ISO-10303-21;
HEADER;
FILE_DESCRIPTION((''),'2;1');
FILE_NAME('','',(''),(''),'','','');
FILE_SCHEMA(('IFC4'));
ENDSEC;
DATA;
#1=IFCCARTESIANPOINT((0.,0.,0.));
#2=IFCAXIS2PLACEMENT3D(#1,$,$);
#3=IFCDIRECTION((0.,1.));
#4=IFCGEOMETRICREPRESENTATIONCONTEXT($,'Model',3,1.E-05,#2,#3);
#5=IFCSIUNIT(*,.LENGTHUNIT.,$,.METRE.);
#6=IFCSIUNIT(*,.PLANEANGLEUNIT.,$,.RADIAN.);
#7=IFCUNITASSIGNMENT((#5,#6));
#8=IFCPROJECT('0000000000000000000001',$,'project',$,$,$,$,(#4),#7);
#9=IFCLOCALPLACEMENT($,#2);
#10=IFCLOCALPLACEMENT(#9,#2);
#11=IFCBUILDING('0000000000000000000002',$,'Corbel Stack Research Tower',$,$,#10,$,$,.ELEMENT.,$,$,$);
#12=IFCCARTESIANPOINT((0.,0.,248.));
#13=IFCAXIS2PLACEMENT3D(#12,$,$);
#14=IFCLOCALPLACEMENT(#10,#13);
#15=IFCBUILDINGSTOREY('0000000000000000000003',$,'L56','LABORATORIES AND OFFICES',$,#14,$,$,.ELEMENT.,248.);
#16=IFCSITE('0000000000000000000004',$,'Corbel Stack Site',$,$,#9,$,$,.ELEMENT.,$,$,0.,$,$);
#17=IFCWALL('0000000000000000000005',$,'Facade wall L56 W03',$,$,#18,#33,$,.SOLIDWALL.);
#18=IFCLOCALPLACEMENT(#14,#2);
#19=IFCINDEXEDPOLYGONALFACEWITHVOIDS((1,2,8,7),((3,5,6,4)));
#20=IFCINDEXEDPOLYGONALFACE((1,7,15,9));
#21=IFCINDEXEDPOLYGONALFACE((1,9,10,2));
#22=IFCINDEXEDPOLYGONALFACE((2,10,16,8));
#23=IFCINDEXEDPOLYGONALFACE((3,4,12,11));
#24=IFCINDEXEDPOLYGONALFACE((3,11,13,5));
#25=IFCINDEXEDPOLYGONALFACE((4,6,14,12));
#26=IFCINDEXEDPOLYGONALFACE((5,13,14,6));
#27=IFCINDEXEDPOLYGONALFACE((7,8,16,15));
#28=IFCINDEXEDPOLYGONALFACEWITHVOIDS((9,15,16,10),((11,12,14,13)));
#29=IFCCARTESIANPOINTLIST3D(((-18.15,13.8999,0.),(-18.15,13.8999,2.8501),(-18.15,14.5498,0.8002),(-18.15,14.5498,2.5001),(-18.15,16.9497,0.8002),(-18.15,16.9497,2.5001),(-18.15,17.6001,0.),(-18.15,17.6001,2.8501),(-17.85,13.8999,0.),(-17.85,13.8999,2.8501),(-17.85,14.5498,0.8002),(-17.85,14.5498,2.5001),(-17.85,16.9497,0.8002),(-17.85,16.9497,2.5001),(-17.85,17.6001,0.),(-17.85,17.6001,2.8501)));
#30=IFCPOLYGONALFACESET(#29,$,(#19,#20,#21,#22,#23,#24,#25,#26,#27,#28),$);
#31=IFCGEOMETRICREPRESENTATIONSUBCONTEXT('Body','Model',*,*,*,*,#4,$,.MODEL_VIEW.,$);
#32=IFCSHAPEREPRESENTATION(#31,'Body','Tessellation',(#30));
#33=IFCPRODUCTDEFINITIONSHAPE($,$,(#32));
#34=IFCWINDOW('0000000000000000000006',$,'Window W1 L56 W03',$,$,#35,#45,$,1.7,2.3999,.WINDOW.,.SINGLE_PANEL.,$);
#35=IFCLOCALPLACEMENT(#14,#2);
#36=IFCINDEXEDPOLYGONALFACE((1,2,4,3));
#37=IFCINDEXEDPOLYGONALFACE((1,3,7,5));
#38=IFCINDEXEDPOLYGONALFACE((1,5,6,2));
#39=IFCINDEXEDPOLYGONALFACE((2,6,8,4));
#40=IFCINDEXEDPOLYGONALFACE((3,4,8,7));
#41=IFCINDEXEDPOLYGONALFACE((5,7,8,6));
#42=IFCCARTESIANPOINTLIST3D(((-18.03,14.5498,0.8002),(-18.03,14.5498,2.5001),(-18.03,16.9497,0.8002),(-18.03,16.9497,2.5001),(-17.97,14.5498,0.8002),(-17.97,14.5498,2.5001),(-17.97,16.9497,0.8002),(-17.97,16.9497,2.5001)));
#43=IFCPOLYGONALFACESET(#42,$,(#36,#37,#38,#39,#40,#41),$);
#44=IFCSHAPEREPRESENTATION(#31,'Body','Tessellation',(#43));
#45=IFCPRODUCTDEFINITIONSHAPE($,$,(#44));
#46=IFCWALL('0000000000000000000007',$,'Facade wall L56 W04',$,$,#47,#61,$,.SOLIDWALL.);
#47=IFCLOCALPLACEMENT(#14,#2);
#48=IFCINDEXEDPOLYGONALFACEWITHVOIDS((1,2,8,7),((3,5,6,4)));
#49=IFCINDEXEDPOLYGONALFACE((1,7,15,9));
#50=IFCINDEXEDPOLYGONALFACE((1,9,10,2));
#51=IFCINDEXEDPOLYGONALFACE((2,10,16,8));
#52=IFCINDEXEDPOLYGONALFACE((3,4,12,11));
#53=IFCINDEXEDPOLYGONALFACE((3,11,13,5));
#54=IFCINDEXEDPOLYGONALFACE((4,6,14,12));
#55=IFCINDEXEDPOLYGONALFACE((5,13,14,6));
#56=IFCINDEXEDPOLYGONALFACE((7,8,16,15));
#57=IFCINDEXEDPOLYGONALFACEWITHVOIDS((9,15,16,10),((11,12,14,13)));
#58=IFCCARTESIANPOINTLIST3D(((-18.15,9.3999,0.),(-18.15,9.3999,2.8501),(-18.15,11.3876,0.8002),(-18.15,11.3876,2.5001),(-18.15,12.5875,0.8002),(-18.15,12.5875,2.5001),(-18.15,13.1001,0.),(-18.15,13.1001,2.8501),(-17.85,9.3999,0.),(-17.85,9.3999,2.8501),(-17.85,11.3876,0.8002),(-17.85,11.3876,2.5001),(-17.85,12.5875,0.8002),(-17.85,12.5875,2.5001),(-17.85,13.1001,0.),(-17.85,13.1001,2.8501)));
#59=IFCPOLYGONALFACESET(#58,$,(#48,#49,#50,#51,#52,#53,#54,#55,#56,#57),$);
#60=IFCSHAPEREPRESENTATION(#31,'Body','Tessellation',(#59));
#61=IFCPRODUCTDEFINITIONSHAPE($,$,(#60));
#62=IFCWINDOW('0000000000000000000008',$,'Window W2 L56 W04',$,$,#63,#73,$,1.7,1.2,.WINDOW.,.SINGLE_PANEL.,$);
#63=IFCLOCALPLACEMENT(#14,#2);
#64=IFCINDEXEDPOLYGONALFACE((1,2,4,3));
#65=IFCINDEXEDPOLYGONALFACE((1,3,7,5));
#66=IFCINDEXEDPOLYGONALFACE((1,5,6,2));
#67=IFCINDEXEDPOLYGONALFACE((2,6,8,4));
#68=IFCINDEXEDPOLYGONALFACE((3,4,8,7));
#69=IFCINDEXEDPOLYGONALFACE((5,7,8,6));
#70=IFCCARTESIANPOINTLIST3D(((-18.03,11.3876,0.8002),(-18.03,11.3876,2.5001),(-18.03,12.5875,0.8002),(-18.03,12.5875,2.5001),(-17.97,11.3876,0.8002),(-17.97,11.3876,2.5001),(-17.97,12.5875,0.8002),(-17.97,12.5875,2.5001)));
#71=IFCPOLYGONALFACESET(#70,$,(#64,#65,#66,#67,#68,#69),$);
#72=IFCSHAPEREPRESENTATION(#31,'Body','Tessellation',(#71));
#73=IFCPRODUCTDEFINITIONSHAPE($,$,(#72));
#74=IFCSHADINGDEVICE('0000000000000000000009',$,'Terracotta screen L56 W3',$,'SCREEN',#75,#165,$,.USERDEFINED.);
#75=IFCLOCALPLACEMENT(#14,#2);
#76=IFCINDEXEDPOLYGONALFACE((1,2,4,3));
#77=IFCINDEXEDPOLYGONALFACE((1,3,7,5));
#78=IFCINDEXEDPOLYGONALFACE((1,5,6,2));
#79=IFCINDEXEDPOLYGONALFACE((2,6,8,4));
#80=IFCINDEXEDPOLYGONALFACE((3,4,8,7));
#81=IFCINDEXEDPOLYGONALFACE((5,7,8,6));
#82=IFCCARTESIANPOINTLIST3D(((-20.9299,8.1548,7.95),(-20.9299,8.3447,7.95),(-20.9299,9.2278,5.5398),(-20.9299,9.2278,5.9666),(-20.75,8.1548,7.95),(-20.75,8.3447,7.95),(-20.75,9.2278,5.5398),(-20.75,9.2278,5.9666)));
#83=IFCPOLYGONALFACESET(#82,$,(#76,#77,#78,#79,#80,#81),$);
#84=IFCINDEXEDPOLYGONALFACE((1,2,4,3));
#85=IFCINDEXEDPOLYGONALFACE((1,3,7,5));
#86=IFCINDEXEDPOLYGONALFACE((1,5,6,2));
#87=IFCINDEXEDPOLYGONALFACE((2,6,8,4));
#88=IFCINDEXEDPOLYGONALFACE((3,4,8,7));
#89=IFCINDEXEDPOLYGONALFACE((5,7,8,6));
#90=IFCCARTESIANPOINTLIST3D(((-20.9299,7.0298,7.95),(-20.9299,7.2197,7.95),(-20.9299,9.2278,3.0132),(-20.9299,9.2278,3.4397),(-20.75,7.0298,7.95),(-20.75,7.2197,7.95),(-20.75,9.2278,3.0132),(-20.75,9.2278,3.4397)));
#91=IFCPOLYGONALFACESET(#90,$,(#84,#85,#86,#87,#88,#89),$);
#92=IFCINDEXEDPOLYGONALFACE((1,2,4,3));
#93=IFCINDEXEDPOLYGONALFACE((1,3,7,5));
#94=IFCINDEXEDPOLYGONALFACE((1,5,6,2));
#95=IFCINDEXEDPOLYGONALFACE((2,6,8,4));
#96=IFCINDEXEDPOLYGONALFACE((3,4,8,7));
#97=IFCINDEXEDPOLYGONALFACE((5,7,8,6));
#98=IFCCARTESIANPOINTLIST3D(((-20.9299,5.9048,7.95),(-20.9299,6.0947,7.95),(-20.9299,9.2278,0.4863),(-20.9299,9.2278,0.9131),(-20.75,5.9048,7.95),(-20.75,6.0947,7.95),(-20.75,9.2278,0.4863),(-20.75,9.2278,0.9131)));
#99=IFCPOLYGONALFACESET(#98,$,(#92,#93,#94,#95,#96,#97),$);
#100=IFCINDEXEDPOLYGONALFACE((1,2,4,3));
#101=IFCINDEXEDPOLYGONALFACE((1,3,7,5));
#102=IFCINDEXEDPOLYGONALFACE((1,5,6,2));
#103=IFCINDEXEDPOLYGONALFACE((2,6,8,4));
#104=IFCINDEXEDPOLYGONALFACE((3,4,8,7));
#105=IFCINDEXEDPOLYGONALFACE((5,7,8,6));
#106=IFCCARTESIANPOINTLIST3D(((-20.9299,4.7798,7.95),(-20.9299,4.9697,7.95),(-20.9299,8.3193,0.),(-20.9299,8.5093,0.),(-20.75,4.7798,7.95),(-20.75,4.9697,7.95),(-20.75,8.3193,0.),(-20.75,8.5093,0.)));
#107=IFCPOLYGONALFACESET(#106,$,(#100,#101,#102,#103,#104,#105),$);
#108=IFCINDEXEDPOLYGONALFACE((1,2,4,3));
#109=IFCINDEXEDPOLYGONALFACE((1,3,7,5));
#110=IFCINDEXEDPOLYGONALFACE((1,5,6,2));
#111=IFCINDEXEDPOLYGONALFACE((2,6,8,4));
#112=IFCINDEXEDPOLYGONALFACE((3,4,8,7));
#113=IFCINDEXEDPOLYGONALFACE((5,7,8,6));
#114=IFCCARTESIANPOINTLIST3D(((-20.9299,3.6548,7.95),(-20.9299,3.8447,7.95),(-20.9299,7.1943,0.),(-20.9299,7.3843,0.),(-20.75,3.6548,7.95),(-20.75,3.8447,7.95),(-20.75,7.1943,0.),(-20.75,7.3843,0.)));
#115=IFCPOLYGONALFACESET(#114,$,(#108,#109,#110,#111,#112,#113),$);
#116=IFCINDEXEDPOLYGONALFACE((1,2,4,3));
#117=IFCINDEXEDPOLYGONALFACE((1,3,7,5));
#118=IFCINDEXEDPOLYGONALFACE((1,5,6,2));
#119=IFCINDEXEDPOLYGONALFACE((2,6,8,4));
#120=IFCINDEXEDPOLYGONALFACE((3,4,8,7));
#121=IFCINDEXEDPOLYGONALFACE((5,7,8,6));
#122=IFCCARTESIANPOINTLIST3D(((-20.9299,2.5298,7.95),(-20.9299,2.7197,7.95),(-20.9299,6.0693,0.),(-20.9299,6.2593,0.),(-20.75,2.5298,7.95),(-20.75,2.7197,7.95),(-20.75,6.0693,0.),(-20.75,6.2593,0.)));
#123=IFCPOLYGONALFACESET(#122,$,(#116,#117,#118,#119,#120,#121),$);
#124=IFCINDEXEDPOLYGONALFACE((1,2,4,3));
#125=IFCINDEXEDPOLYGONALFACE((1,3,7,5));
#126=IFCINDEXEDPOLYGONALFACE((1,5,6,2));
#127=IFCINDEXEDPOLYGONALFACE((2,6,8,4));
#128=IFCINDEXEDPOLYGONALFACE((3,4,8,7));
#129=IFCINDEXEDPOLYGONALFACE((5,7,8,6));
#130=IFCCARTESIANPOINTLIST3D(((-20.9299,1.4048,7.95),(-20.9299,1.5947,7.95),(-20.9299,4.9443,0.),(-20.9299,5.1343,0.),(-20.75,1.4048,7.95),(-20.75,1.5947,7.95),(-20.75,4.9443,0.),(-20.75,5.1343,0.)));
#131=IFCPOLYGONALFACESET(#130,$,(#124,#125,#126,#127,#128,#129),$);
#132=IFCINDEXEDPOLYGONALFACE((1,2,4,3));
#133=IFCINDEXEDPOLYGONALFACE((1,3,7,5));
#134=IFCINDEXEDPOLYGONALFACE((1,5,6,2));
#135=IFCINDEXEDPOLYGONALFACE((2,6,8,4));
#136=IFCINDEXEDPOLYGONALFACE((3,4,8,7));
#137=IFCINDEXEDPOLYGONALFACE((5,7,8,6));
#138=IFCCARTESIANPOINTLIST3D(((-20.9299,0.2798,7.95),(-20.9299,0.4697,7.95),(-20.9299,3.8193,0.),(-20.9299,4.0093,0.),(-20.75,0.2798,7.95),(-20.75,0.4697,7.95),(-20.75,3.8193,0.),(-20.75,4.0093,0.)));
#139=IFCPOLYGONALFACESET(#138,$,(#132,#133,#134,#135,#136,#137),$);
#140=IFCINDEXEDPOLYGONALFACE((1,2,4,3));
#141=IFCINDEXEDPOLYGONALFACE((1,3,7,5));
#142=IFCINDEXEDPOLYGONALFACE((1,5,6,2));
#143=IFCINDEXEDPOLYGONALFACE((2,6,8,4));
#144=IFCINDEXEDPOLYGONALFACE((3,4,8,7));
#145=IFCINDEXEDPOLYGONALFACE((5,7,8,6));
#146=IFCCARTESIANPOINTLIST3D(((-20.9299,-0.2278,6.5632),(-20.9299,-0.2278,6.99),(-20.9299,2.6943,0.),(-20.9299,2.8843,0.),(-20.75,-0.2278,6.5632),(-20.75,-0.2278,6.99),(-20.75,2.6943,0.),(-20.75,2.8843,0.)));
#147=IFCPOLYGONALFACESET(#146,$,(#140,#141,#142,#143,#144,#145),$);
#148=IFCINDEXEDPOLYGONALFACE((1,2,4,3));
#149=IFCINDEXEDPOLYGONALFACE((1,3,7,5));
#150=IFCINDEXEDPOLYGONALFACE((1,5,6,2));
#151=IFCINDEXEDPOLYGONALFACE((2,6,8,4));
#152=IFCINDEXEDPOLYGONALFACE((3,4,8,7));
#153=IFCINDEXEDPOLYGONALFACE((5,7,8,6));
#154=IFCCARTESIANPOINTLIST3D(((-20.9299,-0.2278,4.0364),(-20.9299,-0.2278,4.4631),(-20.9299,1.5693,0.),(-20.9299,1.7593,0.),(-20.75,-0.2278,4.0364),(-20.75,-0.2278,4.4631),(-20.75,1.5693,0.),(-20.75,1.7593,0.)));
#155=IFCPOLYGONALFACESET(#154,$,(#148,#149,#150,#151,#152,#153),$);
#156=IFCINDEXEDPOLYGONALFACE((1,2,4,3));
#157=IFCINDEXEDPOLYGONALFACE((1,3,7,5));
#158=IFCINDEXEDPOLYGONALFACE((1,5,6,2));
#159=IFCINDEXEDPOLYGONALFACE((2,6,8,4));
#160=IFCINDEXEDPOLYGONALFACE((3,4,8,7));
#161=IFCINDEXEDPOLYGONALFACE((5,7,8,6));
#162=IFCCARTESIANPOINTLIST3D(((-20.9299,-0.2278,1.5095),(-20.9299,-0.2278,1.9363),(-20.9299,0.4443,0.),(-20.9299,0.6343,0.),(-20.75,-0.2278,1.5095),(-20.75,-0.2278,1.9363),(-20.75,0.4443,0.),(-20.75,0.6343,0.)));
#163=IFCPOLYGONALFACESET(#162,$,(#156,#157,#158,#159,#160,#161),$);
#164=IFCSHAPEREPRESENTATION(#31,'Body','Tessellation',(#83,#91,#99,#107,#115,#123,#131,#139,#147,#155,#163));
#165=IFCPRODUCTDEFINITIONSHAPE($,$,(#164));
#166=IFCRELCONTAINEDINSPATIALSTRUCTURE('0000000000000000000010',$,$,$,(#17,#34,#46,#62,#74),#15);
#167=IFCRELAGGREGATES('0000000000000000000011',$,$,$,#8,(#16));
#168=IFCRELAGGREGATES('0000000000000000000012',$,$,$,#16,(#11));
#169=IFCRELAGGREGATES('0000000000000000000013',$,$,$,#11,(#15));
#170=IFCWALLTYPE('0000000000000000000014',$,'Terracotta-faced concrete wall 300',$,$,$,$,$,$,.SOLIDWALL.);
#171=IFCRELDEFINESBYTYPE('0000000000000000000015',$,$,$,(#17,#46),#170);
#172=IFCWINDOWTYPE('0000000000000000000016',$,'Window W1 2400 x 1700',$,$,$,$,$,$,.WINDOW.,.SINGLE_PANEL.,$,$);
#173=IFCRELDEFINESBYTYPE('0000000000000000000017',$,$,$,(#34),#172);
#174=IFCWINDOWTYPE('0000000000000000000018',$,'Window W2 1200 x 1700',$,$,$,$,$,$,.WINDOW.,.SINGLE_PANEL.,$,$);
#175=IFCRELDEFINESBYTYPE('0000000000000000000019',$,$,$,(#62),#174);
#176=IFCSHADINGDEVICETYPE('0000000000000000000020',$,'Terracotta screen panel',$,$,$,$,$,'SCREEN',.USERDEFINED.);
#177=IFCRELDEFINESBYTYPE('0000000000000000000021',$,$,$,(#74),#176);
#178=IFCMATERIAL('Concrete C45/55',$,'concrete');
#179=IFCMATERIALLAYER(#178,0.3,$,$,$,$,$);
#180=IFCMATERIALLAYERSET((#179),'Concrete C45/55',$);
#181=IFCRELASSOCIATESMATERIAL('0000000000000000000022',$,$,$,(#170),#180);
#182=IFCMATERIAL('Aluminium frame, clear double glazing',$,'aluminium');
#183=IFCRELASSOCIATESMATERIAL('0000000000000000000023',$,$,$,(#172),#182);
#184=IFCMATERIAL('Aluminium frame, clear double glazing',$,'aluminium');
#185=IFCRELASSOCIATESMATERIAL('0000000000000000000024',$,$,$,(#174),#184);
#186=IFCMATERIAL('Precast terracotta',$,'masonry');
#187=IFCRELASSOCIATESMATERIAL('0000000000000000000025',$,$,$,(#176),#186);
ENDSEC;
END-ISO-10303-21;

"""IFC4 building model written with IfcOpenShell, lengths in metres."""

from ifc_helpers import new_model, si_unit, direction, frame, frame_2d, origin, place, context, subcontext, project, spatial, polyline, rectangle, outline, extrude, source, transform, mapped, material, layer, layer_set, type_object, element, fill, save


model = new_model("IFC4")

# Units and contexts
model_context = context("Model", 3, precision=1e-05, world=origin(), true_north=direction((0.0, 1.0)))
body_context = subcontext(model_context, "Body", "Model", "MODEL_VIEW")
ifc_project = project(units=[si_unit("LENGTHUNIT", "METRE"), si_unit("PLANEANGLEUNIT", "RADIAN")], contexts=[model_context])

# Site, building, storey
site_placement = place(None, origin())
site = spatial("IfcSite", under=ifc_project, at=site_placement, Name="Corbel Stack Site", CompositionType="ELEMENT", RefElevation=0.0)
building_placement = place(site_placement, origin())
building = spatial("IfcBuilding", under=site, at=building_placement, Name="Corbel Stack Research Tower", CompositionType="ELEMENT")
storey_placement = place(building_placement, frame((0.0, 0.0, 248.0)))
storey = spatial("IfcBuildingStorey", under=building, at=storey_placement, Name="L56", Description="LABORATORIES AND OFFICES", CompositionType="ELEMENT", Elevation=248.0)

# Walls, openings, windows
ifc_material_1 = material(Name="Concrete C45/55", Category="concrete")
ifc_layer_1 = layer(ifc_material_1, 0.3)
ifc_layer_set_1 = layer_set([ifc_layer_1], Name="Concrete C45/55")
wall_type_1 = type_object("IfcWallType", Name="Terracotta-faced concrete wall 300", PredefinedType="SOLIDWALL", material=ifc_layer_set_1)
wall_1_placement = place(storey_placement, frame((-18.0, 13.8999, 0.0), z_axis=(0.0, 0.0, 1.0), x_axis=(0.0, 1.0, 0.0)))
wall_1 = element("IfcWall", 1, at=wall_1_placement, inside=storey, type_object=wall_type_1, Name="Facade wall L56 W03", PredefinedType="SOLIDWALL", context=body_context, shape_type="SweptSolid", body=[
    extrude(rectangle(XDim=3.7002, YDim=0.3, at=frame_2d((1.8501, 0.0))), origin(), (0.0, 0.0, 1.0), 2.8501),
])
opening_1_placement = place(wall_1_placement, frame((0.6499, 0.0, 0.8)))
opening_1 = element("IfcOpeningElement", 2, at=opening_1_placement, cuts=wall_1, PredefinedType="OPENING", context=body_context, shape_type="SweptSolid", body=[
    extrude(rectangle(XDim=2.3999, YDim=1.7, at=frame_2d((1.2, 0.8501))), frame((0.0, 0.1599, 0.0), z_axis=(0.0, -1.0, 0.0), x_axis=(1.0, 0.0, 0.0)), (0.0, 0.0, 1.0), 0.3201),
])
ifc_material_2 = material(Name="Aluminium frame, clear double glazing", Category="aluminium")
window_type_1 = type_object("IfcWindowType", Name="Window W1 2400 x 1700", PartitioningType="SINGLE_PANEL", PredefinedType="WINDOW", material=ifc_material_2)
window_1_placement = place(opening_1_placement, origin())
window_1 = element("IfcWindow", 3, at=window_1_placement, inside=storey, type_object=window_type_1, Name="Window W1 L56 W03", OverallHeight=1.7, OverallWidth=2.3999, PartitioningType="SINGLE_PANEL", PredefinedType="WINDOW", context=body_context, shape_type="SweptSolid", body=[
    extrude(rectangle(XDim=2.3999, YDim=1.7, at=frame_2d((1.2, 0.8501))), frame((0.0, 0.03, 0.0), z_axis=(0.0, -1.0, 0.0), x_axis=(1.0, 0.0, 0.0)), (0.0, 0.0, 1.0), 0.0601),
])
fill(opening_1, window_1)
wall_2_placement = place(storey_placement, frame((-18.0, 9.3999, 0.0), z_axis=(0.0, 0.0, 1.0), x_axis=(0.0, 1.0, 0.0)))
wall_2 = element("IfcWall", 4, at=wall_2_placement, inside=storey, type_object=wall_type_1, Name="Facade wall L56 W04", PredefinedType="SOLIDWALL", context=body_context, shape_type="SweptSolid", body=[
    extrude(rectangle(XDim=3.7002, YDim=0.3, at=frame_2d((1.8501, 0.0))), origin(), (0.0, 0.0, 1.0), 2.8501),
])
opening_2_placement = place(wall_2_placement, frame((1.9875, 0.0, 0.8)))
opening_2 = element("IfcOpeningElement", 5, at=opening_2_placement, cuts=wall_2, PredefinedType="OPENING", context=body_context, shape_type="SweptSolid", body=[
    extrude(rectangle(XDim=1.2, YDim=1.7, at=frame_2d((0.6001, 0.8501))), frame((0.0, 0.1599, 0.0), z_axis=(0.0, -1.0, 0.0), x_axis=(1.0, 0.0, 0.0)), (0.0, 0.0, 1.0), 0.3201),
])
ifc_material_3 = material(Name="Aluminium frame, clear double glazing", Category="aluminium")
window_type_2 = type_object("IfcWindowType", Name="Window W2 1200 x 1700", PartitioningType="SINGLE_PANEL", PredefinedType="WINDOW", material=ifc_material_3)
window_2_placement = place(opening_2_placement, origin())
window_2 = element("IfcWindow", 6, at=window_2_placement, inside=storey, type_object=window_type_2, Name="Window W2 L56 W04", OverallHeight=1.7, OverallWidth=1.2, PartitioningType="SINGLE_PANEL", PredefinedType="WINDOW", context=body_context, shape_type="SweptSolid", body=[
    extrude(rectangle(XDim=1.2, YDim=1.7, at=frame_2d((0.6001, 0.8501))), frame((0.0, 0.03, 0.0), z_axis=(0.0, -1.0, 0.0), x_axis=(1.0, 0.0, 0.0)), (0.0, 0.0, 1.0), 0.0601),
])
fill(opening_2, window_2)

# Shading device
ifc_material_4 = material(Name="Precast terracotta", Category="masonry")
shading_device_type = type_object("IfcShadingDeviceType", Name="Terracotta screen panel", ElementType="SCREEN", PredefinedType="USERDEFINED", material=ifc_material_4)
shared_shape = source(origin(), body_context, "Body", "SweptSolid", [
    extrude(outline(polyline([(1.073, 7.95), (0.8831, 7.95), (0.0, 5.9666), (0.0, 5.5398), (1.073, 7.95)])), frame((0.0, 0.0, 0.0), z_axis=(0.0, -1.0, 0.0), x_axis=(1.0, 0.0, 0.0)), (0.0, 0.0, 1.0), 0.1799),
    extrude(outline(polyline([(2.198, 7.95), (2.0081, 7.95), (0.0, 3.4397), (0.0, 3.0132), (2.198, 7.95)])), frame((0.0, 0.0, 0.0), z_axis=(0.0, -1.0, 0.0), x_axis=(1.0, 0.0, 0.0)), (0.0, 0.0, 1.0), 0.1799),
    extrude(outline(polyline([(3.323, 7.95), (3.1331, 7.95), (0.0, 0.9131), (0.0, 0.4863), (3.323, 7.95)])), frame((0.0, 0.0, 0.0), z_axis=(0.0, -1.0, 0.0), x_axis=(1.0, 0.0, 0.0)), (0.0, 0.0, 1.0), 0.1799),
    extrude(outline(polyline([(0.9084, 0.0), (4.448, 7.95), (4.2581, 7.95), (0.7185, 0.0), (0.9084, 0.0)])), frame((0.0, 0.0, 0.0), z_axis=(0.0, -1.0, 0.0), x_axis=(1.0, 0.0, 0.0)), (0.0, 0.0, 1.0), 0.1799),
    extrude(outline(polyline([(2.0334, 0.0), (5.573, 7.95), (5.3831, 7.95), (1.8435, 0.0), (2.0334, 0.0)])), frame((0.0, 0.0, 0.0), z_axis=(0.0, -1.0, 0.0), x_axis=(1.0, 0.0, 0.0)), (0.0, 0.0, 1.0), 0.1799),
    extrude(outline(polyline([(3.1584, 0.0), (6.698, 7.95), (6.5081, 7.95), (2.9685, 0.0), (3.1584, 0.0)])), frame((0.0, 0.0, 0.0), z_axis=(0.0, -1.0, 0.0), x_axis=(1.0, 0.0, 0.0)), (0.0, 0.0, 1.0), 0.1799),
    extrude(outline(polyline([(4.2834, 0.0), (7.823, 7.95), (7.6331, 7.95), (4.0935, 0.0), (4.2834, 0.0)])), frame((0.0, 0.0, 0.0), z_axis=(0.0, -1.0, 0.0), x_axis=(1.0, 0.0, 0.0)), (0.0, 0.0, 1.0), 0.1799),
    extrude(outline(polyline([(5.4084, 0.0), (8.948, 7.95), (8.7581, 7.95), (5.2185, 0.0), (5.4084, 0.0)])), frame((0.0, 0.0, 0.0), z_axis=(0.0, -1.0, 0.0), x_axis=(1.0, 0.0, 0.0)), (0.0, 0.0, 1.0), 0.1799),
    extrude(outline(polyline([(6.5334, 0.0), (9.4556, 6.5632), (9.4556, 6.99), (6.3435, 0.0), (6.5334, 0.0)])), frame((0.0, 0.0, 0.0), z_axis=(0.0, -1.0, 0.0), x_axis=(1.0, 0.0, 0.0)), (0.0, 0.0, 1.0), 0.1799),
    extrude(outline(polyline([(7.6584, 0.0), (9.4556, 4.0364), (9.4556, 4.4631), (7.4685, 0.0), (7.6584, 0.0)])), frame((0.0, 0.0, 0.0), z_axis=(0.0, -1.0, 0.0), x_axis=(1.0, 0.0, 0.0)), (0.0, 0.0, 1.0), 0.1799),
    extrude(outline(polyline([(8.7834, 0.0), (9.4556, 1.5095), (9.4556, 1.9363), (8.5935, 0.0), (8.7834, 0.0)])), frame((0.0, 0.0, 0.0), z_axis=(0.0, -1.0, 0.0), x_axis=(1.0, 0.0, 0.0)), (0.0, 0.0, 1.0), 0.1799),
])
shading_device_placement = place(storey_placement, frame((-20.75, 9.2278, 0.0), z_axis=(0.0, 0.0, 1.0), x_axis=(0.0, -1.0, 0.0)))
element("IfcShadingDevice", 7, at=shading_device_placement, inside=storey, type_object=shading_device_type, Name="Terracotta screen L56 W3", ObjectType="SCREEN", PredefinedType="USERDEFINED", context=body_context, shape_type="MappedRepresentation", body=[
    mapped(shared_shape, transform((0.0, 0.0, 0.0))),
])

save(model, "model.ifc")
